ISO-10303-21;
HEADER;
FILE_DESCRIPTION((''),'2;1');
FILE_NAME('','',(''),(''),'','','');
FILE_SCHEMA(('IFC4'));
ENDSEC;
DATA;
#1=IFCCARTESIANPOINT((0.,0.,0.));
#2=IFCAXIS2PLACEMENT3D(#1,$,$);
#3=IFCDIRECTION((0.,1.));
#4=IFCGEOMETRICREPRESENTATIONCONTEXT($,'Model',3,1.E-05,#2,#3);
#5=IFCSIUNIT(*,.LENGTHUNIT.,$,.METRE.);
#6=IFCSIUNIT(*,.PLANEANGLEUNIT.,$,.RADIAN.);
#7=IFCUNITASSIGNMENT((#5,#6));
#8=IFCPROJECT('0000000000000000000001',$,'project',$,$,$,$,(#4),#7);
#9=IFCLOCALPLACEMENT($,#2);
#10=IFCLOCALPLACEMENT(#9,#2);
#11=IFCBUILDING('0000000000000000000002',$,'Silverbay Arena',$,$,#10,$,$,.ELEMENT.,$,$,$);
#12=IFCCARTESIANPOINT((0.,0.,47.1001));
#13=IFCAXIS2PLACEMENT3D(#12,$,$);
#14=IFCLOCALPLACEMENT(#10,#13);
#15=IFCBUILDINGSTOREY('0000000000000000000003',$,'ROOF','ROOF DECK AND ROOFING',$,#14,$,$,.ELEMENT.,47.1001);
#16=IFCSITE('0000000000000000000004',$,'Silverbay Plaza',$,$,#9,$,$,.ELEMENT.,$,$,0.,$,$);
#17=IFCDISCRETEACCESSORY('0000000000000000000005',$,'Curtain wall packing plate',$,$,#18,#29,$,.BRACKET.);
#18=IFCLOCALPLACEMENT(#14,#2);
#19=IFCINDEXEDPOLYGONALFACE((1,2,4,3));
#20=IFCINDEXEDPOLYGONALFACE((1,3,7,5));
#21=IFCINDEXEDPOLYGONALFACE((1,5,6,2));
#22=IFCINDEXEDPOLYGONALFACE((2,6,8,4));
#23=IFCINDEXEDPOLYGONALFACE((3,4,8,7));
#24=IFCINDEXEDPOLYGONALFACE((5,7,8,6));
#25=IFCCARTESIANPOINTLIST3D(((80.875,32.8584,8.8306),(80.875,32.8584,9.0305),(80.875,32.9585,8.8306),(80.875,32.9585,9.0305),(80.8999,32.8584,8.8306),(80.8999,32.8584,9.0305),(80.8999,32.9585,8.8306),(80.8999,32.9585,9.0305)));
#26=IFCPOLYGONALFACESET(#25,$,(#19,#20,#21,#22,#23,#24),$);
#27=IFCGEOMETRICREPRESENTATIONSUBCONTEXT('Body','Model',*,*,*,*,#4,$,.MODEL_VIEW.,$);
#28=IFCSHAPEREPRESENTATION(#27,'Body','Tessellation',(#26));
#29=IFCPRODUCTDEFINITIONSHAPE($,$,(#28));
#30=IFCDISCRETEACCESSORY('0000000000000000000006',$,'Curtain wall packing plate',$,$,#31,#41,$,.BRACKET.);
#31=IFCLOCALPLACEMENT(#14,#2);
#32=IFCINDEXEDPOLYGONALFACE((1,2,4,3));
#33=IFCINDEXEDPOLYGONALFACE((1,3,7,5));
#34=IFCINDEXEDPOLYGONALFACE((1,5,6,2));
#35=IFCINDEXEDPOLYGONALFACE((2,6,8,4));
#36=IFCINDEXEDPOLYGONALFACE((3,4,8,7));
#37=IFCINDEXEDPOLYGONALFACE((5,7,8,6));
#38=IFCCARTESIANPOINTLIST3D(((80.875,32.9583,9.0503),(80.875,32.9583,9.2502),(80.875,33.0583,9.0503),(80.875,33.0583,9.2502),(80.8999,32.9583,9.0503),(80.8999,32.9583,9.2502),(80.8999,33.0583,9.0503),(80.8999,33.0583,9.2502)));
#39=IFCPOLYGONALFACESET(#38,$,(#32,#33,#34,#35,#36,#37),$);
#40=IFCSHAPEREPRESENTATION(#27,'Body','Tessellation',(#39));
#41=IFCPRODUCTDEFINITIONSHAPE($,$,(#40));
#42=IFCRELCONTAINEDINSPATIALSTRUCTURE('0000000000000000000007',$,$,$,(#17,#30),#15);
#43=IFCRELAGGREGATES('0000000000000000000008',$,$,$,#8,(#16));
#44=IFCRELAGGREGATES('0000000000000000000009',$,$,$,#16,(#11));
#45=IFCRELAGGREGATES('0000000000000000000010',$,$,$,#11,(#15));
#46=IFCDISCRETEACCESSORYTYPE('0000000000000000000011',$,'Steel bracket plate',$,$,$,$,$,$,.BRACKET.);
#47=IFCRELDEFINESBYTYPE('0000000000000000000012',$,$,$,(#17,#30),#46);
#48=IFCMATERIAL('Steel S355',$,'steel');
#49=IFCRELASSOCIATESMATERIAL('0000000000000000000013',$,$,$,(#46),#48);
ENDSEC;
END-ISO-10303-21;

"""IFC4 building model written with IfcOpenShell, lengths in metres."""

from ifc_helpers import new_model, si_unit, direction, frame, origin, origin_2d, place, context, subcontext, project, spatial, rectangle, extrude, material, type_object, element, save


model = new_model("IFC4")

# Units and contexts
model_context = context("Model", 3, precision=1e-05, world=origin(), true_north=direction((0.0, 1.0)))
body_context = subcontext(model_context, "Body", "Model", "MODEL_VIEW")
ifc_project = project(units=[si_unit("LENGTHUNIT", "METRE"), si_unit("PLANEANGLEUNIT", "RADIAN")], contexts=[model_context])

# Site, building, storey
site_placement = place(None, origin())
site = spatial("IfcSite", under=ifc_project, at=site_placement, Name="Silverbay Plaza", CompositionType="ELEMENT", RefElevation=0.0)
building_placement = place(site_placement, origin())
building = spatial("IfcBuilding", under=site, at=building_placement, Name="Silverbay Arena", CompositionType="ELEMENT")
storey_placement = place(building_placement, frame((0.0, 0.0, 47.1001)))
storey = spatial("IfcBuildingStorey", under=building, at=storey_placement, Name="ROOF", Description="ROOF DECK AND ROOFING", CompositionType="ELEMENT", Elevation=47.1001)

# Discrete accessories
ifc_material_1 = material(Name="Steel S355", Category="steel")
discrete_accessory_type_1 = type_object("IfcDiscreteAccessoryType", Name="Steel bracket plate", PredefinedType="BRACKET", material=ifc_material_1)
for number, where, z_axis, x_axis, name in (
    (1, (80.8875, 32.9084, 8.8306), (0.0, 0.0, 1.0), (1.0, 0.0, 0.0), "Curtain wall packing plate"),
    (2, (80.8875, 33.0083, 9.0503), (0.0, 0.0, 1.0), (1.0, 0.0, 0.0), "Curtain wall packing plate"),
):
    element("IfcDiscreteAccessory", number, at=place(storey_placement, frame(where, z_axis=z_axis, x_axis=x_axis)), inside=storey, type_object=discrete_accessory_type_1, Name=name, PredefinedType="BRACKET", context=body_context, shape_type="SweptSolid", body=[
        extrude(rectangle(XDim=0.0249, YDim=0.1001, at=origin_2d()), origin(), (0.0, 0.0, 1.0), 0.2),
    ])

save(model, "model.ifc")
